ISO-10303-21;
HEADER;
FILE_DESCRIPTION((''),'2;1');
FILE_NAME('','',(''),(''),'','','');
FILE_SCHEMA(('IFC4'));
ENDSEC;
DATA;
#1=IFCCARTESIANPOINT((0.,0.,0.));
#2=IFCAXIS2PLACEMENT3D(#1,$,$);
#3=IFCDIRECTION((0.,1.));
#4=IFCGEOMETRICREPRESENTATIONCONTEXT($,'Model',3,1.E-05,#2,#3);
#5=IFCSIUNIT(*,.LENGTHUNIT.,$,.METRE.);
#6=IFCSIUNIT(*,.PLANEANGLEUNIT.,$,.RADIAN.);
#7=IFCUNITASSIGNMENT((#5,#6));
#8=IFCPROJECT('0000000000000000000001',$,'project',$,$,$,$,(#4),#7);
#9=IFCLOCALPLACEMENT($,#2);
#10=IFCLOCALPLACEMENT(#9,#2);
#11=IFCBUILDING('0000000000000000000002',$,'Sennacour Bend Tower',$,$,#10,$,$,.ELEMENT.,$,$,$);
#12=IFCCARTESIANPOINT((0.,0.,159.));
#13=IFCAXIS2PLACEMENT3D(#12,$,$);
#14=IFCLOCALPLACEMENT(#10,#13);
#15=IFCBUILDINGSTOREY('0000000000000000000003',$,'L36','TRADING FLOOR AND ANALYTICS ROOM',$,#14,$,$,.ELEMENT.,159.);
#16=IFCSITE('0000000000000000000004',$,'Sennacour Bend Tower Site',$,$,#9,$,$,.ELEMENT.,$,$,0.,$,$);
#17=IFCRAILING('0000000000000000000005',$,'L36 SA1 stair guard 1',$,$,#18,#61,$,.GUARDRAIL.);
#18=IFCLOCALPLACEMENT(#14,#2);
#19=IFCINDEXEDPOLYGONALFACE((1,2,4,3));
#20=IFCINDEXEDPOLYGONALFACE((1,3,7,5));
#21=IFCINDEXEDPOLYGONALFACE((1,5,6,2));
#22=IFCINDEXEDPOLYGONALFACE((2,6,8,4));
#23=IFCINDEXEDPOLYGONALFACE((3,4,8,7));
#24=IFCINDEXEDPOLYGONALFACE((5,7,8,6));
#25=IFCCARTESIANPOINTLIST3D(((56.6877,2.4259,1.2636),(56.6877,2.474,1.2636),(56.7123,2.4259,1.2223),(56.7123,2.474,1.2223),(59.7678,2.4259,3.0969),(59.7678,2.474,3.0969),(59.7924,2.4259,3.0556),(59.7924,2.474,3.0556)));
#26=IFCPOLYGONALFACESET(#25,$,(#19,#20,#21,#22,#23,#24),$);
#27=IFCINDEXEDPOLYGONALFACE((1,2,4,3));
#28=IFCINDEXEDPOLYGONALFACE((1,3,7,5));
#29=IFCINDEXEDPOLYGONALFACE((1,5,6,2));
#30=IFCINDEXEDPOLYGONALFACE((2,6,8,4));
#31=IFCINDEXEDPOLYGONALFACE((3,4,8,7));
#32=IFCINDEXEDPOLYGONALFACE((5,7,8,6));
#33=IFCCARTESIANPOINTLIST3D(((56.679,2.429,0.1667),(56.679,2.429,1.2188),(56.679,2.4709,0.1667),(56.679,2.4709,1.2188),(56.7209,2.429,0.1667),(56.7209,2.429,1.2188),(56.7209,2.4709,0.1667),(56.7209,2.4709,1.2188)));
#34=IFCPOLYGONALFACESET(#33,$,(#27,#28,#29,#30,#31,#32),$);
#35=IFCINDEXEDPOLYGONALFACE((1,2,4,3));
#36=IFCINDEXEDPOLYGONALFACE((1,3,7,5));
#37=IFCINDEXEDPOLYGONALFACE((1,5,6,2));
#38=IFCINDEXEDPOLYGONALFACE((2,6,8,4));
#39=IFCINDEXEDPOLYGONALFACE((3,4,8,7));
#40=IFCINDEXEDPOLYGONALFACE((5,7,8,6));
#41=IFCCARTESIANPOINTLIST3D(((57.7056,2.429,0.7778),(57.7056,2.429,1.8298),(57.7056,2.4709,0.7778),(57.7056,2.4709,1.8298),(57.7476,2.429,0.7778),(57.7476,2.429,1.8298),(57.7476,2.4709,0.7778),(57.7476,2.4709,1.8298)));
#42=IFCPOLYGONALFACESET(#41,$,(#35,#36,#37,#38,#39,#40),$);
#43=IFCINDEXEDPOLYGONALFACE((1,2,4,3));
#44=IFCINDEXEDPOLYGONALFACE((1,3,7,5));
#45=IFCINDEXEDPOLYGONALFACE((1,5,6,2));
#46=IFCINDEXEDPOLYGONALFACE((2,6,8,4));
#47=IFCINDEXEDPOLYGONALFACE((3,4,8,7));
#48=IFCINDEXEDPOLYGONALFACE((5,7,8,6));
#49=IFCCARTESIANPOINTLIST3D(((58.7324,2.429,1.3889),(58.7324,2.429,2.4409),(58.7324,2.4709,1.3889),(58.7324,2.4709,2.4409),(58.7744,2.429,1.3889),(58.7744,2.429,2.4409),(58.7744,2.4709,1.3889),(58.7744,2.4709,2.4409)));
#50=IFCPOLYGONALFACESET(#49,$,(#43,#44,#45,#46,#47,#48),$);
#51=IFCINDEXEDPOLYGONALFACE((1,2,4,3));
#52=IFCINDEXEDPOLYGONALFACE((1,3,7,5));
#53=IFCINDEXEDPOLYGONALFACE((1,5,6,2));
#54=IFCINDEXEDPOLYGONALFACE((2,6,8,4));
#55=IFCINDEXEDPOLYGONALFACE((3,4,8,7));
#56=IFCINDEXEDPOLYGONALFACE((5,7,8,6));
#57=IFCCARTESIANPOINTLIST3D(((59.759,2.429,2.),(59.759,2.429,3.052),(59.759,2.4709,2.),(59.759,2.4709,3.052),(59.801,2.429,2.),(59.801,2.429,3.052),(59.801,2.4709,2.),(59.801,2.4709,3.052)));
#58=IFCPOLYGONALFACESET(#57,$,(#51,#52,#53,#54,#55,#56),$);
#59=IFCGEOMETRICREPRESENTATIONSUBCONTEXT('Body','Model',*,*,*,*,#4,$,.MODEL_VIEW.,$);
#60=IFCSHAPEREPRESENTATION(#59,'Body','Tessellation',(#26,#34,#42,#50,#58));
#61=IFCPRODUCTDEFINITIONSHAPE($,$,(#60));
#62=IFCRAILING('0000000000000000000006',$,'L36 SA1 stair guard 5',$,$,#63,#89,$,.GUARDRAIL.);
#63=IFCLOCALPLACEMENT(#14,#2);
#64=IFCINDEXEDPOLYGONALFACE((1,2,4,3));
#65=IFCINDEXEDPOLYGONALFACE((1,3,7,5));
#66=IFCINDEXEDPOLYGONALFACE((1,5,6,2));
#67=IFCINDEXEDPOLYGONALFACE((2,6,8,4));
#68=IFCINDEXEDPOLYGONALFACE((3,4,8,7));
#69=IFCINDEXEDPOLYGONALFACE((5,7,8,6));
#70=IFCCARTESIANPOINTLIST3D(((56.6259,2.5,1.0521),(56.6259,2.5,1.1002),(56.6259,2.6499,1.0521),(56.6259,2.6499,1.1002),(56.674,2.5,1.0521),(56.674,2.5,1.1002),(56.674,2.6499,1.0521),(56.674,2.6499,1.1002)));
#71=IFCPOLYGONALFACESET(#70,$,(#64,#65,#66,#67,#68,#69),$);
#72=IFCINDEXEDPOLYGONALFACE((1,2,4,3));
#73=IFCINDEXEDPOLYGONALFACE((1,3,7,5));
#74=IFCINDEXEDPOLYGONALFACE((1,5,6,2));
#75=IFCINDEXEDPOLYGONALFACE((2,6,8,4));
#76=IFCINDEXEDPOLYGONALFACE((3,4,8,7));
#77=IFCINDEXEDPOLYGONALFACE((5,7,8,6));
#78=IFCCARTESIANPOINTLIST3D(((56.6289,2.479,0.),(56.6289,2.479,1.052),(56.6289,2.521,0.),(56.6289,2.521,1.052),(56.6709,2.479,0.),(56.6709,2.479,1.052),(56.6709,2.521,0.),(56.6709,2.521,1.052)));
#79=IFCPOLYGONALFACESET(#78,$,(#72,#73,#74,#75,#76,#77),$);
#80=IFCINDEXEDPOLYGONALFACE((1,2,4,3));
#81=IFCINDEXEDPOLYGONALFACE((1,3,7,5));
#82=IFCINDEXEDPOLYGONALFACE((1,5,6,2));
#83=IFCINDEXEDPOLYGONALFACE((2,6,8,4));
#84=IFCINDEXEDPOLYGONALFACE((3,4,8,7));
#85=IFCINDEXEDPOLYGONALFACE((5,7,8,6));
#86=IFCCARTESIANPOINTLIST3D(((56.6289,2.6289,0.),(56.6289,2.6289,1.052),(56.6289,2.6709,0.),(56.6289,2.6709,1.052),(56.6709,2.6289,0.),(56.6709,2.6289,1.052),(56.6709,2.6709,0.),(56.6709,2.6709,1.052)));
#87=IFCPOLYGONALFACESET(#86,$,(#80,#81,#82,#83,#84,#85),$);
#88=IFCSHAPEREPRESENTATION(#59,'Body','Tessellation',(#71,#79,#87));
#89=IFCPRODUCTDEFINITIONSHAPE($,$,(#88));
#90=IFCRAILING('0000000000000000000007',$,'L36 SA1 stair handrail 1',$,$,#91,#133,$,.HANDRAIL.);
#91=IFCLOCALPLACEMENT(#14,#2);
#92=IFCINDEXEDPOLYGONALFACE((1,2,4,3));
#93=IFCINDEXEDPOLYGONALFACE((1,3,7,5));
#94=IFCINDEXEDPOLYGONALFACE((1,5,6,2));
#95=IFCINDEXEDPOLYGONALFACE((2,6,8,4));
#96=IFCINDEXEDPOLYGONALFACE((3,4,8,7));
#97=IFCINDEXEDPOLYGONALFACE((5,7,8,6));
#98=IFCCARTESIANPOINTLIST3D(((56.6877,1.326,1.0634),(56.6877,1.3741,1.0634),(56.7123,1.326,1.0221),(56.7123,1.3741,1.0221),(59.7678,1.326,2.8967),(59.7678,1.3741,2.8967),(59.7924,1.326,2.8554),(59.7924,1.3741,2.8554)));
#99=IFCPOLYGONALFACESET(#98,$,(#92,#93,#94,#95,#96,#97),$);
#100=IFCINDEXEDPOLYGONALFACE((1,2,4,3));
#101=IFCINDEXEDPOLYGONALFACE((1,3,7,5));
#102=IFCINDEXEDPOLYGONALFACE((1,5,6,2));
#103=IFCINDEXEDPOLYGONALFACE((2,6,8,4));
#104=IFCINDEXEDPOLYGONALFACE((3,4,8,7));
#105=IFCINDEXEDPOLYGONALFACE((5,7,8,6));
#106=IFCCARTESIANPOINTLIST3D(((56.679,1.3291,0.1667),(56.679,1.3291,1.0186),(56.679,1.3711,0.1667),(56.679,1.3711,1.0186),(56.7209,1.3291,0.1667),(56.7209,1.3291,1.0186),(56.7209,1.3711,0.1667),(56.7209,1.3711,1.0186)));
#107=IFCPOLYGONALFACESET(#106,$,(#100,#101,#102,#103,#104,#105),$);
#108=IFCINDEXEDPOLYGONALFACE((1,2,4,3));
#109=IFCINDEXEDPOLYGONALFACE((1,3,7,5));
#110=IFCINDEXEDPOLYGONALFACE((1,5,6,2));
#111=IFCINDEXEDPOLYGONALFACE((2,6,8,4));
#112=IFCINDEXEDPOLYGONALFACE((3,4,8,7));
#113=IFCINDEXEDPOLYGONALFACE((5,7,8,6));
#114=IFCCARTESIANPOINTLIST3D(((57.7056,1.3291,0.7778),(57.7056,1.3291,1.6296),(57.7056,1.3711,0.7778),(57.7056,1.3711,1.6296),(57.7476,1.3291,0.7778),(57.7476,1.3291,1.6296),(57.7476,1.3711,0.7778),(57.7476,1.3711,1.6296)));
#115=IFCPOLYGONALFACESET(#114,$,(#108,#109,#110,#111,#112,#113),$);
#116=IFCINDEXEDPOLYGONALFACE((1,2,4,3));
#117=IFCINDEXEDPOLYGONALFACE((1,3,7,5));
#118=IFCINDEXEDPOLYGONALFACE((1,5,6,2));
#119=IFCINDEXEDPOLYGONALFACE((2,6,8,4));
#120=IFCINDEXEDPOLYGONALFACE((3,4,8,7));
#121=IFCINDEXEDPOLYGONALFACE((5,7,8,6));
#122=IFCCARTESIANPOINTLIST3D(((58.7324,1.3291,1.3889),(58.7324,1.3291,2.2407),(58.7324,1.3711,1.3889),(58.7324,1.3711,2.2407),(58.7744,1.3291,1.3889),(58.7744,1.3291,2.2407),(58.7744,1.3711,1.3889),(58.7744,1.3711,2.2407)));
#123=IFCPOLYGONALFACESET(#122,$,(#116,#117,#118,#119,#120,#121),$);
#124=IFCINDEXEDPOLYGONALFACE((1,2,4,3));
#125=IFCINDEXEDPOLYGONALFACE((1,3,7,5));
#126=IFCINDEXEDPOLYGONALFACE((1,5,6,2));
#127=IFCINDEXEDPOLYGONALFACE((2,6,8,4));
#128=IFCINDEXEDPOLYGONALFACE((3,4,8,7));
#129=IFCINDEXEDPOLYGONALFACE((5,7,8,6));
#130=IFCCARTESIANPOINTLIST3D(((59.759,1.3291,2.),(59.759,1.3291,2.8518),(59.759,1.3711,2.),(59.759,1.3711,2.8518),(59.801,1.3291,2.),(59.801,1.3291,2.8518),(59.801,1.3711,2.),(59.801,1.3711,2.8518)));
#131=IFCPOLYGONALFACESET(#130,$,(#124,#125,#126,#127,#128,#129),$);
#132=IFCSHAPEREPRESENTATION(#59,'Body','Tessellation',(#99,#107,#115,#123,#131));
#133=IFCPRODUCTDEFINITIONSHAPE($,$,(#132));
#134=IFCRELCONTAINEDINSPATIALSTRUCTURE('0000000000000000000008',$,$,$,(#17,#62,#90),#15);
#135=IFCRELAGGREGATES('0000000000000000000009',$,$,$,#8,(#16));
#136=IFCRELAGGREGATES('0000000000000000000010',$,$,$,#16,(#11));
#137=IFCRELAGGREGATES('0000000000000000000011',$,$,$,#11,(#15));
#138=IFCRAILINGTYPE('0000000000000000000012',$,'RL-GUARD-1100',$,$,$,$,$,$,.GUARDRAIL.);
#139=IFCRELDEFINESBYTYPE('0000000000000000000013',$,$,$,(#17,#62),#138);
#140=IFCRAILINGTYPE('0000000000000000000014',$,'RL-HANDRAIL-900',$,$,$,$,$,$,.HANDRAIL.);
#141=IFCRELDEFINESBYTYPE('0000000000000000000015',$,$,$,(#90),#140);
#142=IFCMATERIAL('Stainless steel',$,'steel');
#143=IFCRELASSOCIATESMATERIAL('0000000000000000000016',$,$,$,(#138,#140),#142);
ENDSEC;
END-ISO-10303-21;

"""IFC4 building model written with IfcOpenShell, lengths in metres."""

from ifc_helpers import new_model, si_unit, direction, frame, origin, origin_2d, place, context, subcontext, project, spatial, rectangle, extrude, material, type_object, element, save


model = new_model("IFC4")

# Units and contexts
model_context = context("Model", 3, precision=1e-05, world=origin(), true_north=direction((0.0, 1.0)))
body_context = subcontext(model_context, "Body", "Model", "MODEL_VIEW")
ifc_project = project(units=[si_unit("LENGTHUNIT", "METRE"), si_unit("PLANEANGLEUNIT", "RADIAN")], contexts=[model_context])

# Site, building, storey
site_placement = place(None, origin())
site = spatial("IfcSite", under=ifc_project, at=site_placement, Name="Sennacour Bend Tower Site", CompositionType="ELEMENT", RefElevation=0.0)
building_placement = place(site_placement, origin())
building = spatial("IfcBuilding", under=site, at=building_placement, Name="Sennacour Bend Tower", CompositionType="ELEMENT")
storey_placement = place(building_placement, frame((0.0, 0.0, 159.0)))
storey = spatial("IfcBuildingStorey", under=building, at=storey_placement, Name="L36", Description="TRADING FLOOR AND ANALYTICS ROOM", CompositionType="ELEMENT", Elevation=159.0)

# Shared definitions
ifc_material_1 = material(Name="Stainless steel", Category="steel")

# Railings
railing_type_1 = type_object("IfcRailingType", Name="RL-GUARD-1100", PredefinedType="GUARDRAIL", material=ifc_material_1)
railing_1_placement = place(storey_placement, frame((56.7, 2.45, 0.1667)))
element("IfcRailing", 1, at=railing_1_placement, inside=storey, type_object=railing_type_1, Name="L36 SA1 stair guard 1", PredefinedType="GUARDRAIL", context=body_context, shape_type="SweptSolid", body=[
    extrude(rectangle(XDim=0.0481, YDim=0.0481, at=origin_2d()), frame((0.0, 0.0, 1.0762), z_axis=(0.859309, 0.0, 0.511458), x_axis=(0.0, 1.0, 0.0)), (0.0, 0.0, 1.0), 3.5845),
    extrude(rectangle(XDim=0.042, YDim=0.042, at=origin_2d()), origin(), (0.0, 0.0, 1.0), 1.052),
    extrude(rectangle(XDim=0.042, YDim=0.042, at=origin_2d()), frame((1.0266, 0.0, 0.6111)), (0.0, 0.0, 1.0), 1.052),
    extrude(rectangle(XDim=0.042, YDim=0.042, at=origin_2d()), frame((2.0535, 0.0, 1.2222)), (0.0, 0.0, 1.0), 1.052),
    extrude(rectangle(XDim=0.042, YDim=0.042, at=origin_2d()), frame((3.0801, 0.0, 1.8333)), (0.0, 0.0, 1.0), 1.052),
])
railing_2_placement = place(storey_placement, frame((56.6499, 2.5, 0.0)))
element("IfcRailing", 2, at=railing_2_placement, inside=storey, type_object=railing_type_1, Name="L36 SA1 stair guard 5", PredefinedType="GUARDRAIL", context=body_context, shape_type="SweptSolid", body=[
    extrude(rectangle(XDim=0.0481, YDim=0.0481, at=origin_2d()), frame((0.0, 0.0, 1.0762), z_axis=(0.0, 1.0, 0.0), x_axis=(-1.0, 0.0, 0.0)), (0.0, 0.0, 1.0), 0.1499),
    extrude(rectangle(XDim=0.042, YDim=0.042, at=origin_2d()), origin(), (0.0, 0.0, 1.0), 1.052),
    extrude(rectangle(XDim=0.042, YDim=0.042, at=origin_2d()), frame((0.0, 0.1499, 0.0)), (0.0, 0.0, 1.0), 1.052),
])
railing_type_2 = type_object("IfcRailingType", Name="RL-HANDRAIL-900", PredefinedType="HANDRAIL", material=ifc_material_1)
railing_3_placement = place(storey_placement, frame((56.7, 1.3501, 0.1667)))
element("IfcRailing", 3, at=railing_3_placement, inside=storey, type_object=railing_type_2, Name="L36 SA1 stair handrail 1", PredefinedType="HANDRAIL", context=body_context, shape_type="SweptSolid", body=[
    extrude(rectangle(XDim=0.0481, YDim=0.0481, at=origin_2d()), frame((0.0, 0.0, 0.876), z_axis=(0.859309, 0.0, 0.511458), x_axis=(0.0, 1.0, 0.0)), (0.0, 0.0, 1.0), 3.5845),
    extrude(rectangle(XDim=0.042, YDim=0.042, at=origin_2d()), origin(), (0.0, 0.0, 1.0), 0.8518),
    extrude(rectangle(XDim=0.042, YDim=0.042, at=origin_2d()), frame((1.0266, 0.0, 0.6111)), (0.0, 0.0, 1.0), 0.8518),
    extrude(rectangle(XDim=0.042, YDim=0.042, at=origin_2d()), frame((2.0535, 0.0, 1.2222)), (0.0, 0.0, 1.0), 0.8518),
    extrude(rectangle(XDim=0.042, YDim=0.042, at=origin_2d()), frame((3.0801, 0.0, 1.8333)), (0.0, 0.0, 1.0), 0.8518),
])

save(model, "model.ifc")
